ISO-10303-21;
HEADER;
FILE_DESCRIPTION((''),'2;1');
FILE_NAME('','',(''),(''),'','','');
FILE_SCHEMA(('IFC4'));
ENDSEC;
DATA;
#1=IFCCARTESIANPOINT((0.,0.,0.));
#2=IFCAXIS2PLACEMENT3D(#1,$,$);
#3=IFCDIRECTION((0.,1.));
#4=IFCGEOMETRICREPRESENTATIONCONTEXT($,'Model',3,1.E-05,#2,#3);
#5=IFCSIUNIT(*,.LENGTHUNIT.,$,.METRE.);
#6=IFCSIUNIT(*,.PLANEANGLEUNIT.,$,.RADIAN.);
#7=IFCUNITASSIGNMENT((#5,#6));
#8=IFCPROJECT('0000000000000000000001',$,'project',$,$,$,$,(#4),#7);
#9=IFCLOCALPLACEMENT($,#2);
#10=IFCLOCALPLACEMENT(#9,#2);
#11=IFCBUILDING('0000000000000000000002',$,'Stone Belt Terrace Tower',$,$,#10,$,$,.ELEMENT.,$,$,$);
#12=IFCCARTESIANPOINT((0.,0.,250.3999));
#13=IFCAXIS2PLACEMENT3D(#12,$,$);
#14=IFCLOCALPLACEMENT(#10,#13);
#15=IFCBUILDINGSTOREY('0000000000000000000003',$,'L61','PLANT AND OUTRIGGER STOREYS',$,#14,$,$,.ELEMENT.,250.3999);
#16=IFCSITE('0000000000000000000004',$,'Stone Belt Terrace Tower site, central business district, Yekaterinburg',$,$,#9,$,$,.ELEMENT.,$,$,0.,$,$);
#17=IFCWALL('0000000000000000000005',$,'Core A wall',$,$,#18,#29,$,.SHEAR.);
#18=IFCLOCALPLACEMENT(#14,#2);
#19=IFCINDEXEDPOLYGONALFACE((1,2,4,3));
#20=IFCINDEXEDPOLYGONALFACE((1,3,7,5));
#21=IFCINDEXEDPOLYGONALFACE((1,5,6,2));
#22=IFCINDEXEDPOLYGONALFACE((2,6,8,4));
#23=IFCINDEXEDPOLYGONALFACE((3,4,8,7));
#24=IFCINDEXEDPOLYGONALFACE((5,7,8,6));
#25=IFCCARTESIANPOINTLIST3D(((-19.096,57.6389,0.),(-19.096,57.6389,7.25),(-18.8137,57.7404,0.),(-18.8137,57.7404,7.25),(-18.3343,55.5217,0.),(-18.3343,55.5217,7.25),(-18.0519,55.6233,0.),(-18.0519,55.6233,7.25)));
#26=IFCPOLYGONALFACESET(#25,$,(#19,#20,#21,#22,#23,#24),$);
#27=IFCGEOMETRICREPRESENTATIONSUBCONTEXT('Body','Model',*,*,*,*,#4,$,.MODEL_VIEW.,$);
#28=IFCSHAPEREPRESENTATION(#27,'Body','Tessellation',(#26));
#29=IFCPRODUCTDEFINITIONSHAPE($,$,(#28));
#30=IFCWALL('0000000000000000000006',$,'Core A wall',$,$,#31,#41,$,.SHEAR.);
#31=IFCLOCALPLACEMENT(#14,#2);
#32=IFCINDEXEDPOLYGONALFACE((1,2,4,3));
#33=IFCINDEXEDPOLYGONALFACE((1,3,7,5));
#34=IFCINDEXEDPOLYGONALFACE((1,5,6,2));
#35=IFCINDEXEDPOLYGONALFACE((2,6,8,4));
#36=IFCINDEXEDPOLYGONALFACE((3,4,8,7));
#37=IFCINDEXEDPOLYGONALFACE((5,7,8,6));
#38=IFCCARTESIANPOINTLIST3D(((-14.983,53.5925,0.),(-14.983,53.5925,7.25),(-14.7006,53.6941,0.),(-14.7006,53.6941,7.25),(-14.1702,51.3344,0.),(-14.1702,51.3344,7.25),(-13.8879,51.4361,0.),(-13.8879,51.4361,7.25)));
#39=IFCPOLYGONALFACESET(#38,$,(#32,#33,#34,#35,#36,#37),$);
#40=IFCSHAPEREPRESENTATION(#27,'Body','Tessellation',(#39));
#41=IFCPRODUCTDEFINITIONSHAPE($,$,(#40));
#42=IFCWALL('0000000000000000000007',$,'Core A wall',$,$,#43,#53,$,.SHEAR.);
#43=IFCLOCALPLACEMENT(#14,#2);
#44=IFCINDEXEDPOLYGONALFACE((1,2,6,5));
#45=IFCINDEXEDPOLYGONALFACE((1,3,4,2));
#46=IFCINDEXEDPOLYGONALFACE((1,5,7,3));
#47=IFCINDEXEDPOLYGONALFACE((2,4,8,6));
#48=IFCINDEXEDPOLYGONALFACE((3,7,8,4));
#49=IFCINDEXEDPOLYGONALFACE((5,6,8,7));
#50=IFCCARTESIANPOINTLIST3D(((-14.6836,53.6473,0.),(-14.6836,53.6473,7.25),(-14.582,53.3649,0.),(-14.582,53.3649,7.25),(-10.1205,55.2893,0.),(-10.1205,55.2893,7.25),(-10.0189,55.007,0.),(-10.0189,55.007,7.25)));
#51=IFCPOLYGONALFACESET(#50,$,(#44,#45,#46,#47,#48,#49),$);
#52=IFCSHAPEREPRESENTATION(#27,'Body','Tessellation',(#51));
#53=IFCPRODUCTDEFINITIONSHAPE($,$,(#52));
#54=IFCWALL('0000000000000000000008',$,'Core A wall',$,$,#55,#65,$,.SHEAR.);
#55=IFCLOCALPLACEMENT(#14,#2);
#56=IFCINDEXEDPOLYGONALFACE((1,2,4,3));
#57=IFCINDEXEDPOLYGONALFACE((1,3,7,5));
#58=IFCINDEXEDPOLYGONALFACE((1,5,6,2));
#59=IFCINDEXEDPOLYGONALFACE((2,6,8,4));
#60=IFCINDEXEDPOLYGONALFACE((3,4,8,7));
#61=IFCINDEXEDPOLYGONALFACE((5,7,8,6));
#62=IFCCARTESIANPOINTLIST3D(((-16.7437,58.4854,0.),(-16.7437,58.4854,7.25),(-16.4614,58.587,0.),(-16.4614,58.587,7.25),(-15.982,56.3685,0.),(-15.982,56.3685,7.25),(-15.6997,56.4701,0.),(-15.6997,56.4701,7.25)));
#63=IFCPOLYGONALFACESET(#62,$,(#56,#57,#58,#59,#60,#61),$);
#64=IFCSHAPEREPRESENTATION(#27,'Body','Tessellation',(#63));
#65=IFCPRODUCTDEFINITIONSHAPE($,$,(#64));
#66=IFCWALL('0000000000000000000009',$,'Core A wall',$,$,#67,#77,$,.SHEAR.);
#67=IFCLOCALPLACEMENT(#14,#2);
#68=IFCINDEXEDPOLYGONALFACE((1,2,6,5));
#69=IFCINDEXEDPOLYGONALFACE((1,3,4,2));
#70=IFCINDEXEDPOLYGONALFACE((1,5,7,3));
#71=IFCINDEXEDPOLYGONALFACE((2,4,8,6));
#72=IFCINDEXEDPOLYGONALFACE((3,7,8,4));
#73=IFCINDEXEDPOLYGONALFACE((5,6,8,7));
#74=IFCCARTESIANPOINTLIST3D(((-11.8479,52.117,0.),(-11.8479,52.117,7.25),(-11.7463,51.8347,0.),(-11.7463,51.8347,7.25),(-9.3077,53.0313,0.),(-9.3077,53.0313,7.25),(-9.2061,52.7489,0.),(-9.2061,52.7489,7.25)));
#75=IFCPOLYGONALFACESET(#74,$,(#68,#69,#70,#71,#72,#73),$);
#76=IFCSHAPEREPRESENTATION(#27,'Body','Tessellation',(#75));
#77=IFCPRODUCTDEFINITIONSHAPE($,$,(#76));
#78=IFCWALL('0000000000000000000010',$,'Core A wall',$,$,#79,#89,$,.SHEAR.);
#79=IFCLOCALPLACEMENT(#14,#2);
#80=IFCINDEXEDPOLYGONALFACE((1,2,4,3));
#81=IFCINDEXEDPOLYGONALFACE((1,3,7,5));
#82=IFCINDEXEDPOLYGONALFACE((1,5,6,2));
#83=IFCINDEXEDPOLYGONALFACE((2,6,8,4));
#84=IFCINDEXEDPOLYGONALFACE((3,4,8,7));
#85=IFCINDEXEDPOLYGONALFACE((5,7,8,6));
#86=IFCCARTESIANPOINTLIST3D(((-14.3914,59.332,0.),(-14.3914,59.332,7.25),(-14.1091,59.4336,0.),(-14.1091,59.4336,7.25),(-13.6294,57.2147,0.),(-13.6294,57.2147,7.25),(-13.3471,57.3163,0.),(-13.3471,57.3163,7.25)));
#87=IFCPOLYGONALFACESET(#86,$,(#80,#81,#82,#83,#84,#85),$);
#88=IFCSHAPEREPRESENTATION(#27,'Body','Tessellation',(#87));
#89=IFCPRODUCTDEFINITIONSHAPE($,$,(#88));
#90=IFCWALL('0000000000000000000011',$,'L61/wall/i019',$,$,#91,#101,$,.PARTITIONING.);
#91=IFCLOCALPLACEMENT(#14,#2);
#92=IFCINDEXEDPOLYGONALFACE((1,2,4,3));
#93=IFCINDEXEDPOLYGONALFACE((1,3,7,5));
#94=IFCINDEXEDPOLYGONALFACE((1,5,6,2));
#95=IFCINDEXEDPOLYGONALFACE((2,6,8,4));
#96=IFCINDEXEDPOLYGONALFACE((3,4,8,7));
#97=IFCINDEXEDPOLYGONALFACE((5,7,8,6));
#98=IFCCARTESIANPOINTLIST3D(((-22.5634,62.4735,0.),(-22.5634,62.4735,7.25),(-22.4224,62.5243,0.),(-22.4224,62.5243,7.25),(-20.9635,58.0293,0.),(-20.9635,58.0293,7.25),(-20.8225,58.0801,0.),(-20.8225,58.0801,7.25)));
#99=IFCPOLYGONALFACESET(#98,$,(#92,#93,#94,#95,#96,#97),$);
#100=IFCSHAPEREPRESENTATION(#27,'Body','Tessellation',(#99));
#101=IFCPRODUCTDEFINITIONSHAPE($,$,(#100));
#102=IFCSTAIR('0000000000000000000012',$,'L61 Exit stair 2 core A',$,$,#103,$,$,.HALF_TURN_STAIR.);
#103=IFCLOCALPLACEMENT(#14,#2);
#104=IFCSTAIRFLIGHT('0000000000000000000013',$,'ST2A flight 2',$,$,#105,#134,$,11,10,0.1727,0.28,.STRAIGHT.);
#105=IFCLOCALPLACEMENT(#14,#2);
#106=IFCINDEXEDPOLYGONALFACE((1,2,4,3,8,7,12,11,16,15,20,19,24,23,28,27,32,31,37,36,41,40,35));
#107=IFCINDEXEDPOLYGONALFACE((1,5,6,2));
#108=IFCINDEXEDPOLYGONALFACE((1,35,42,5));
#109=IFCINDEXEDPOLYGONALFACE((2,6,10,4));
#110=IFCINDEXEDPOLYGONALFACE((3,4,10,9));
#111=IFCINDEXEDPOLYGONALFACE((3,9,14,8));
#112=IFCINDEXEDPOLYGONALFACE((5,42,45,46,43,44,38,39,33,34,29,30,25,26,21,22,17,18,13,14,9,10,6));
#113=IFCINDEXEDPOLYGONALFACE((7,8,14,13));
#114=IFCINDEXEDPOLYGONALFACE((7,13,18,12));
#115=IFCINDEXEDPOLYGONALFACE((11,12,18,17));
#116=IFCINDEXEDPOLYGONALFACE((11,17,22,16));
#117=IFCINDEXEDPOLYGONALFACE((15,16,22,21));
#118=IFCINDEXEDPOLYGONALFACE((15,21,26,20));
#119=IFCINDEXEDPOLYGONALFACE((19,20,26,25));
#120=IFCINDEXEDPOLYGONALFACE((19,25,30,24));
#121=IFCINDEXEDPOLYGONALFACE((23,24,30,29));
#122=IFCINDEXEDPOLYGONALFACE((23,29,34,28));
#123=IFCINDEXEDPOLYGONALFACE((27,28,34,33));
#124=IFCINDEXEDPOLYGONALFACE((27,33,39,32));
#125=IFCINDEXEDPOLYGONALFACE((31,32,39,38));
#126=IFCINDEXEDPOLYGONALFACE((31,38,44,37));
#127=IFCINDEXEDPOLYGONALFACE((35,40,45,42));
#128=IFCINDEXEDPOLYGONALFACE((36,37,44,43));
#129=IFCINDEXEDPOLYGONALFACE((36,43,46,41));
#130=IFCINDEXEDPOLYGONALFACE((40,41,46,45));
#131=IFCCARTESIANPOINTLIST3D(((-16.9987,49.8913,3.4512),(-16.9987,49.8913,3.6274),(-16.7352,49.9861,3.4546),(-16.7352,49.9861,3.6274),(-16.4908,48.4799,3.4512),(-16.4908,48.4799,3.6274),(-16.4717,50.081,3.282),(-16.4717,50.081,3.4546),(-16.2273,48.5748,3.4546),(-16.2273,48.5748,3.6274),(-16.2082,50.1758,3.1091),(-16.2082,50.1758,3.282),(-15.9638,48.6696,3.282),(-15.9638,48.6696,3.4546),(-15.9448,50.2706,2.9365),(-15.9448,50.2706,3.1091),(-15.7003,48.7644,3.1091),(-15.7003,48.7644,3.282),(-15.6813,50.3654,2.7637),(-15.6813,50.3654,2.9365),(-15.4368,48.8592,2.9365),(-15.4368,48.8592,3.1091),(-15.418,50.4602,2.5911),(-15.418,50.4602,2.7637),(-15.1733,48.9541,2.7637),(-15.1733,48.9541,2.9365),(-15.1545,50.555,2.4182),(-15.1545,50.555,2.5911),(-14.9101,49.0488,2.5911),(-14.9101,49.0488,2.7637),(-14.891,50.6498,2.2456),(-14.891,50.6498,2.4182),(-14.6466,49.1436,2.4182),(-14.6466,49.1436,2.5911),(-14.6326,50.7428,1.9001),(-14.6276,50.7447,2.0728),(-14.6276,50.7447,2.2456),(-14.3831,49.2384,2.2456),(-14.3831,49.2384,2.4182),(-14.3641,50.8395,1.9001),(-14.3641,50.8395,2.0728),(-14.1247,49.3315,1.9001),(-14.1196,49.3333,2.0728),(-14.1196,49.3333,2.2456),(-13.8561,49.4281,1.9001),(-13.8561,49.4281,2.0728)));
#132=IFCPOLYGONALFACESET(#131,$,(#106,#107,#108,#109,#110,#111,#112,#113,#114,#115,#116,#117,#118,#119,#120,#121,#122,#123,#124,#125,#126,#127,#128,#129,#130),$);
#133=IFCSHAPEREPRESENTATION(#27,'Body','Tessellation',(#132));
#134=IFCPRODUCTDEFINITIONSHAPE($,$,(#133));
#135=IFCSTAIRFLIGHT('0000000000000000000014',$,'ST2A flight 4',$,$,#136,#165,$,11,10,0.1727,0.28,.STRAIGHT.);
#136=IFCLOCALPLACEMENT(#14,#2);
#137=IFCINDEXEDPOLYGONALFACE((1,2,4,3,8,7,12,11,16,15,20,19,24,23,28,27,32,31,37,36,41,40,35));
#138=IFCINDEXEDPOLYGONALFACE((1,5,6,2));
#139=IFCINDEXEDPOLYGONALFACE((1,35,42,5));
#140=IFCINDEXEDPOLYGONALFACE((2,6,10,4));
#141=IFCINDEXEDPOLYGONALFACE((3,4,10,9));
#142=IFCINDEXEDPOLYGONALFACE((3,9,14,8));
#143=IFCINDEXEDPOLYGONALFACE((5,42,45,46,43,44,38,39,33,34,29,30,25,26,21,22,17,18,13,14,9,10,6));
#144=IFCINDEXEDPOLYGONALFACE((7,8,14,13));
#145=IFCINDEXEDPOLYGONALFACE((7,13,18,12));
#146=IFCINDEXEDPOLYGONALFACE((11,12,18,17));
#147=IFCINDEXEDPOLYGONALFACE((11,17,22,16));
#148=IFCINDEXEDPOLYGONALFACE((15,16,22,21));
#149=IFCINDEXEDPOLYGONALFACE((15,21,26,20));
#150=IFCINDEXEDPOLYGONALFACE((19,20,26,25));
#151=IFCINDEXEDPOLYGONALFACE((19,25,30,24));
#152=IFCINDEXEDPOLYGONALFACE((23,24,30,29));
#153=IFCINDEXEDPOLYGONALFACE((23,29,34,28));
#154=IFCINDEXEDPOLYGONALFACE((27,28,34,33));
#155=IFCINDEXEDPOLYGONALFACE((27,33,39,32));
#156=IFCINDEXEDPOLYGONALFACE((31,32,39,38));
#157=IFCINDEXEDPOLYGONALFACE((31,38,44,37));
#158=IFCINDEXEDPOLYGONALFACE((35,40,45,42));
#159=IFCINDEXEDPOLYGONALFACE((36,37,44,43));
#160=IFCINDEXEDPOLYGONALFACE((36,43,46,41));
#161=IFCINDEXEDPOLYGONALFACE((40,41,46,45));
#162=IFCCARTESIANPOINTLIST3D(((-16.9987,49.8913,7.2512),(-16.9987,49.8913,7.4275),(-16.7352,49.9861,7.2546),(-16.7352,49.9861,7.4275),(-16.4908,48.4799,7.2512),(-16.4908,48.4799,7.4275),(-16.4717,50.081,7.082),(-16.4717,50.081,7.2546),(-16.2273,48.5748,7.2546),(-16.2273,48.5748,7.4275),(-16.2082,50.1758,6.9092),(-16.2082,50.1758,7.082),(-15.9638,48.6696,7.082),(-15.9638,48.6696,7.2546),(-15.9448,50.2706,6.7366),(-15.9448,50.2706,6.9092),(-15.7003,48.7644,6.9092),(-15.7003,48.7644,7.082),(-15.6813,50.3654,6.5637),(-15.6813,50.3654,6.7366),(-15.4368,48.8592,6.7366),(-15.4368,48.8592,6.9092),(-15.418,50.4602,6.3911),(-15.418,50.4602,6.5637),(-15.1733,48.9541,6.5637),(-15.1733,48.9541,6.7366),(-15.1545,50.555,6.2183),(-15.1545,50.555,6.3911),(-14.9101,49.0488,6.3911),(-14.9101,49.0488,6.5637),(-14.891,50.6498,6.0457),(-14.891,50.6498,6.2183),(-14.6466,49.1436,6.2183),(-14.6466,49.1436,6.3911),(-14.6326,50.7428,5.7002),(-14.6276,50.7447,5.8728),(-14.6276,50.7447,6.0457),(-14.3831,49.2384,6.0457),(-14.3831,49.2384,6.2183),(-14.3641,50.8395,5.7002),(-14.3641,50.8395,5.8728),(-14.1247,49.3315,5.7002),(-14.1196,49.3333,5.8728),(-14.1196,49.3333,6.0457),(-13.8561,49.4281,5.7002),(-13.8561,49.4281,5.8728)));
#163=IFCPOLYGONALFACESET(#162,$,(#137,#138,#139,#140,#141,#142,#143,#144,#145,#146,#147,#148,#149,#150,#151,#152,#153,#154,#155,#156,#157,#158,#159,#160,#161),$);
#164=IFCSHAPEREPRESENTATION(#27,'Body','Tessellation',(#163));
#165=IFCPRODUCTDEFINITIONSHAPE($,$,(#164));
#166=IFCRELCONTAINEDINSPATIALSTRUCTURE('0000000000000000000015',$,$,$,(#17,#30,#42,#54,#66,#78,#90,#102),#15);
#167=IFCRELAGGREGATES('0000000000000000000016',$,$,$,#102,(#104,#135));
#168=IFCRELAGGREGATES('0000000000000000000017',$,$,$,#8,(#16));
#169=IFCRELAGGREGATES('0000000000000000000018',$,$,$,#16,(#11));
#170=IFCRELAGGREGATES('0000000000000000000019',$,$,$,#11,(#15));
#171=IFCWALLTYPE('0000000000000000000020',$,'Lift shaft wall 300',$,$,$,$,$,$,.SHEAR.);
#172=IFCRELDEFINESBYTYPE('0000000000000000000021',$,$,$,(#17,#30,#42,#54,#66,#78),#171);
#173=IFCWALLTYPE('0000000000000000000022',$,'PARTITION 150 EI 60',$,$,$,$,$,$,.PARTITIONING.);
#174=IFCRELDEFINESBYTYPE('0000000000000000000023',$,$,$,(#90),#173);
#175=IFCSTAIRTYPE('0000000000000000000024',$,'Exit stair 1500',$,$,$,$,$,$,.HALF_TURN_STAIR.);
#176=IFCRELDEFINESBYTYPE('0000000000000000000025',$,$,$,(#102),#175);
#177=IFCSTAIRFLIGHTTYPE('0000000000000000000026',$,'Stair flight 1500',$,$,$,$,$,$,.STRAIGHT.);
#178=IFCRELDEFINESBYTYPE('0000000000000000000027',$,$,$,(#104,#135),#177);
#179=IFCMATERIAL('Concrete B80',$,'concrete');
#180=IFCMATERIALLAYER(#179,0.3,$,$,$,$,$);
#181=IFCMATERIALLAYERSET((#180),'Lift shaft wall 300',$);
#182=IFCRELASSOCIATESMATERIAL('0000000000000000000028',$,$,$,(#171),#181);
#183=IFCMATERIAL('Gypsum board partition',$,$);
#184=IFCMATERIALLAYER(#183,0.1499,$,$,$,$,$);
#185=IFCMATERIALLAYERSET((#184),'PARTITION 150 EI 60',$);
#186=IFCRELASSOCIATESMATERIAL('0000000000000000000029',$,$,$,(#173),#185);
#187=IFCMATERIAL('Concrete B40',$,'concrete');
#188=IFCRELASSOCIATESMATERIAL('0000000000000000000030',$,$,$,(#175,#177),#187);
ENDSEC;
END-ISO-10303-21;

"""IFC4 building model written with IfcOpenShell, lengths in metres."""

from ifc_helpers import new_model, si_unit, direction, frame, frame_2d, origin, place, context, subcontext, project, spatial, polyline, rectangle, outline, extrude, material, layer, layer_set, type_object, element, aggregate, save


model = new_model("IFC4")

# Units and contexts
model_context = context("Model", 3, precision=1e-05, world=origin(), true_north=direction((0.0, 1.0)))
body_context = subcontext(model_context, "Body", "Model", "MODEL_VIEW")
ifc_project = project(units=[si_unit("LENGTHUNIT", "METRE"), si_unit("PLANEANGLEUNIT", "RADIAN")], contexts=[model_context])

# Site, building, storey
site_placement = place(None, origin())
site = spatial("IfcSite", under=ifc_project, at=site_placement, Name="Stone Belt Terrace Tower site, central business district, Yekaterinburg", CompositionType="ELEMENT", RefElevation=0.0)
building_placement = place(site_placement, origin())
building = spatial("IfcBuilding", under=site, at=building_placement, Name="Stone Belt Terrace Tower", CompositionType="ELEMENT")
storey_placement = place(building_placement, frame((0.0, 0.0, 250.3999)))
storey = spatial("IfcBuildingStorey", under=building, at=storey_placement, Name="L61", Description="PLANT AND OUTRIGGER STOREYS", CompositionType="ELEMENT", Elevation=250.3999)

# Walls
ifc_material_1 = material(Name="Concrete B80", Category="concrete")
ifc_layer_1 = layer(ifc_material_1, 0.3)
ifc_layer_set_1 = layer_set([ifc_layer_1], Name="Lift shaft wall 300")
wall_type_1 = type_object("IfcWallType", Name="Lift shaft wall 300", PredefinedType="SHEAR", material=ifc_layer_set_1)
wall_1_placement = place(storey_placement, frame((-18.1931, 55.5725, 0.0), z_axis=(0.0, 0.0, 1.0), x_axis=(-0.338535, 0.940954, 0.0)))
element("IfcWall", 1, at=wall_1_placement, inside=storey, type_object=wall_type_1, Name="Core A wall", PredefinedType="SHEAR", context=body_context, shape_type="SweptSolid", body=[
    extrude(rectangle(XDim=2.25, YDim=0.3, at=frame_2d((1.125, 0.0))), origin(), (0.0, 0.0, 1.0), 7.25),
])
wall_2_placement = place(storey_placement, frame((-14.0291, 51.3853, 0.0), z_axis=(0.0, 0.0, 1.0), x_axis=(-0.338662, 0.940908, 0.0)))
element("IfcWall", 2, at=wall_2_placement, inside=storey, type_object=wall_type_1, Name="Core A wall", PredefinedType="SHEAR", context=body_context, shape_type="SweptSolid", body=[
    extrude(rectangle(XDim=2.3999, YDim=0.3, at=frame_2d((1.2, 0.0))), origin(), (0.0, 0.0, 1.0), 7.25),
])
wall_3_placement = place(storey_placement, frame((-14.6328, 53.5061, 0.0), z_axis=(0.0, 0.0, 1.0), x_axis=(0.940932, 0.338596, 0.0)))
element("IfcWall", 3, at=wall_3_placement, inside=storey, type_object=wall_type_1, Name="Core A wall", PredefinedType="SHEAR", context=body_context, shape_type="SweptSolid", body=[
    extrude(rectangle(XDim=4.8496, YDim=0.3, at=frame_2d((2.4248, 0.0))), origin(), (0.0, 0.0, 1.0), 7.25),
])
wall_4_placement = place(storey_placement, frame((-15.8408, 56.4192, 0.0), z_axis=(0.0, 0.0, 1.0), x_axis=(-0.33857, 0.940941, 0.0)))
element("IfcWall", 4, at=wall_4_placement, inside=storey, type_object=wall_type_1, Name="Core A wall", PredefinedType="SHEAR", context=body_context, shape_type="SweptSolid", body=[
    extrude(rectangle(XDim=2.2498, YDim=0.3, at=frame_2d((1.125, 0.0))), origin(), (0.0, 0.0, 1.0), 7.25),
])
wall_5_placement = place(storey_placement, frame((-11.7971, 51.9758, 0.0), z_axis=(0.0, 0.0, 1.0), x_axis=(0.94091, 0.338655, 0.0)))
element("IfcWall", 5, at=wall_5_placement, inside=storey, type_object=wall_type_1, Name="Core A wall", PredefinedType="SHEAR", context=body_context, shape_type="SweptSolid", body=[
    extrude(rectangle(XDim=2.6997, YDim=0.3, at=frame_2d((1.3499, 0.0))), origin(), (0.0, 0.0, 1.0), 7.25),
])
wall_6_placement = place(storey_placement, frame((-13.4883, 57.2656, 0.0), z_axis=(0.0, 0.0, 1.0), x_axis=(-0.338631, 0.940919, 0.0)))
element("IfcWall", 6, at=wall_6_placement, inside=storey, type_object=wall_type_1, Name="Core A wall", PredefinedType="SHEAR", context=body_context, shape_type="SweptSolid", body=[
    extrude(rectangle(XDim=2.2502, YDim=0.3, at=frame_2d((1.125, 0.0))), origin(), (0.0, 0.0, 1.0), 7.25),
])
ifc_material_2 = material(Name="Gypsum board partition")
ifc_layer_2 = layer(ifc_material_2, 0.1499)
ifc_layer_set_2 = layer_set([ifc_layer_2], Name="PARTITION 150 EI 60")
wall_type_2 = type_object("IfcWallType", Name="PARTITION 150 EI 60", PredefinedType="PARTITIONING", material=ifc_layer_set_2)
wall_7_placement = place(storey_placement, frame((-22.4929, 62.499, 0.0), z_axis=(0.0, 0.0, 1.0), x_axis=(0.338716, -0.940889, 0.0)))
element("IfcWall", 7, at=wall_7_placement, inside=storey, type_object=wall_type_2, Name="L61/wall/i019", PredefinedType="PARTITIONING", context=body_context, shape_type="SweptSolid", body=[
    extrude(rectangle(XDim=4.7234, YDim=0.1499, at=frame_2d((2.3618, 0.0))), origin(), (0.0, 0.0, 1.0), 7.25),
])

# Stair, stair flights
ifc_material_3 = material(Name="Concrete B40", Category="concrete")
stair_type = type_object("IfcStairType", Name="Exit stair 1500", PredefinedType="HALF_TURN_STAIR", material=ifc_material_3)
stair_placement = place(storey_placement, origin())
stair = element("IfcStair", 8, at=stair_placement, inside=storey, type_object=stair_type, Name="L61 Exit stair 2 core A", PredefinedType="HALF_TURN_STAIR")
stair_flight_type = type_object("IfcStairFlightType", Name="Stair flight 1500", PredefinedType="STRAIGHT", material=ifc_material_3)
stair_flight_1_placement = place(storey_placement, frame((-14.1101, 50.1338, 1.9001), z_axis=(0.0, 0.0, 1.0), x_axis=(-0.940922, -0.338624, 0.0)))
stair_flight_1 = element("IfcStairFlight", 9, at=stair_flight_1_placement, type_object=stair_flight_type, Name="ST2A flight 2", NumberOfRisers=11, NumberOfTreads=10, PredefinedType="STRAIGHT", RiserHeight=0.1727, TreadLength=0.28, context=body_context, shape_type="SweptSolid", body=[
    extrude(outline(polyline([(0.0, 0.0), (0.0, 0.1726), (0.28, 0.1726), (0.28, 0.3455), (0.5601, 0.3455), (0.5601, 0.5181), (0.8401, 0.5181), (0.8401, 0.6909), (1.1201, 0.6909), (1.1201, 0.8635), (1.3999, 0.8635), (1.3999, 1.0364), (1.6799, 1.0364), (1.6799, 1.209), (1.96, 1.209), (1.96, 1.3818), (2.24, 1.3818), (2.24, 1.5544), (2.52, 1.5544), (2.52, 1.7273), (2.8, 1.7273), (2.8, 1.8999), (2.8, 1.551), (0.2854, 0.0), (0.0, 0.0)])), frame((0.0, 0.75, 0.0), z_axis=(0.0, -1.0, 0.0), x_axis=(1.0, 0.0, 0.0)), (0.0, 0.0, 1.0), 1.5),
])
stair_flight_2_placement = place(storey_placement, frame((-14.1101, 50.1338, 5.7002), z_axis=(0.0, 0.0, 1.0), x_axis=(-0.940922, -0.338624, 0.0)))
stair_flight_2 = element("IfcStairFlight", 10, at=stair_flight_2_placement, type_object=stair_flight_type, Name="ST2A flight 4", NumberOfRisers=11, NumberOfTreads=10, PredefinedType="STRAIGHT", RiserHeight=0.1727, TreadLength=0.28, context=body_context, shape_type="SweptSolid", body=[
    extrude(outline(polyline([(0.0, 0.0), (0.0, 0.1726), (0.28, 0.1726), (0.28, 0.3455), (0.5601, 0.3455), (0.5601, 0.5181), (0.8401, 0.5181), (0.8401, 0.6909), (1.1201, 0.6909), (1.1201, 0.8635), (1.3999, 0.8635), (1.3999, 1.0364), (1.6799, 1.0364), (1.6799, 1.209), (1.96, 1.209), (1.96, 1.3818), (2.24, 1.3818), (2.24, 1.5544), (2.52, 1.5544), (2.52, 1.7273), (2.8, 1.7273), (2.8, 1.8999), (2.8, 1.551), (0.2854, 0.0), (0.0, 0.0)])), frame((0.0, 0.75, 0.0), z_axis=(0.0, -1.0, 0.0), x_axis=(1.0, 0.0, 0.0)), (0.0, 0.0, 1.0), 1.5),
])
aggregate(stair, [stair_flight_1, stair_flight_2])

save(model, "model.ifc")
